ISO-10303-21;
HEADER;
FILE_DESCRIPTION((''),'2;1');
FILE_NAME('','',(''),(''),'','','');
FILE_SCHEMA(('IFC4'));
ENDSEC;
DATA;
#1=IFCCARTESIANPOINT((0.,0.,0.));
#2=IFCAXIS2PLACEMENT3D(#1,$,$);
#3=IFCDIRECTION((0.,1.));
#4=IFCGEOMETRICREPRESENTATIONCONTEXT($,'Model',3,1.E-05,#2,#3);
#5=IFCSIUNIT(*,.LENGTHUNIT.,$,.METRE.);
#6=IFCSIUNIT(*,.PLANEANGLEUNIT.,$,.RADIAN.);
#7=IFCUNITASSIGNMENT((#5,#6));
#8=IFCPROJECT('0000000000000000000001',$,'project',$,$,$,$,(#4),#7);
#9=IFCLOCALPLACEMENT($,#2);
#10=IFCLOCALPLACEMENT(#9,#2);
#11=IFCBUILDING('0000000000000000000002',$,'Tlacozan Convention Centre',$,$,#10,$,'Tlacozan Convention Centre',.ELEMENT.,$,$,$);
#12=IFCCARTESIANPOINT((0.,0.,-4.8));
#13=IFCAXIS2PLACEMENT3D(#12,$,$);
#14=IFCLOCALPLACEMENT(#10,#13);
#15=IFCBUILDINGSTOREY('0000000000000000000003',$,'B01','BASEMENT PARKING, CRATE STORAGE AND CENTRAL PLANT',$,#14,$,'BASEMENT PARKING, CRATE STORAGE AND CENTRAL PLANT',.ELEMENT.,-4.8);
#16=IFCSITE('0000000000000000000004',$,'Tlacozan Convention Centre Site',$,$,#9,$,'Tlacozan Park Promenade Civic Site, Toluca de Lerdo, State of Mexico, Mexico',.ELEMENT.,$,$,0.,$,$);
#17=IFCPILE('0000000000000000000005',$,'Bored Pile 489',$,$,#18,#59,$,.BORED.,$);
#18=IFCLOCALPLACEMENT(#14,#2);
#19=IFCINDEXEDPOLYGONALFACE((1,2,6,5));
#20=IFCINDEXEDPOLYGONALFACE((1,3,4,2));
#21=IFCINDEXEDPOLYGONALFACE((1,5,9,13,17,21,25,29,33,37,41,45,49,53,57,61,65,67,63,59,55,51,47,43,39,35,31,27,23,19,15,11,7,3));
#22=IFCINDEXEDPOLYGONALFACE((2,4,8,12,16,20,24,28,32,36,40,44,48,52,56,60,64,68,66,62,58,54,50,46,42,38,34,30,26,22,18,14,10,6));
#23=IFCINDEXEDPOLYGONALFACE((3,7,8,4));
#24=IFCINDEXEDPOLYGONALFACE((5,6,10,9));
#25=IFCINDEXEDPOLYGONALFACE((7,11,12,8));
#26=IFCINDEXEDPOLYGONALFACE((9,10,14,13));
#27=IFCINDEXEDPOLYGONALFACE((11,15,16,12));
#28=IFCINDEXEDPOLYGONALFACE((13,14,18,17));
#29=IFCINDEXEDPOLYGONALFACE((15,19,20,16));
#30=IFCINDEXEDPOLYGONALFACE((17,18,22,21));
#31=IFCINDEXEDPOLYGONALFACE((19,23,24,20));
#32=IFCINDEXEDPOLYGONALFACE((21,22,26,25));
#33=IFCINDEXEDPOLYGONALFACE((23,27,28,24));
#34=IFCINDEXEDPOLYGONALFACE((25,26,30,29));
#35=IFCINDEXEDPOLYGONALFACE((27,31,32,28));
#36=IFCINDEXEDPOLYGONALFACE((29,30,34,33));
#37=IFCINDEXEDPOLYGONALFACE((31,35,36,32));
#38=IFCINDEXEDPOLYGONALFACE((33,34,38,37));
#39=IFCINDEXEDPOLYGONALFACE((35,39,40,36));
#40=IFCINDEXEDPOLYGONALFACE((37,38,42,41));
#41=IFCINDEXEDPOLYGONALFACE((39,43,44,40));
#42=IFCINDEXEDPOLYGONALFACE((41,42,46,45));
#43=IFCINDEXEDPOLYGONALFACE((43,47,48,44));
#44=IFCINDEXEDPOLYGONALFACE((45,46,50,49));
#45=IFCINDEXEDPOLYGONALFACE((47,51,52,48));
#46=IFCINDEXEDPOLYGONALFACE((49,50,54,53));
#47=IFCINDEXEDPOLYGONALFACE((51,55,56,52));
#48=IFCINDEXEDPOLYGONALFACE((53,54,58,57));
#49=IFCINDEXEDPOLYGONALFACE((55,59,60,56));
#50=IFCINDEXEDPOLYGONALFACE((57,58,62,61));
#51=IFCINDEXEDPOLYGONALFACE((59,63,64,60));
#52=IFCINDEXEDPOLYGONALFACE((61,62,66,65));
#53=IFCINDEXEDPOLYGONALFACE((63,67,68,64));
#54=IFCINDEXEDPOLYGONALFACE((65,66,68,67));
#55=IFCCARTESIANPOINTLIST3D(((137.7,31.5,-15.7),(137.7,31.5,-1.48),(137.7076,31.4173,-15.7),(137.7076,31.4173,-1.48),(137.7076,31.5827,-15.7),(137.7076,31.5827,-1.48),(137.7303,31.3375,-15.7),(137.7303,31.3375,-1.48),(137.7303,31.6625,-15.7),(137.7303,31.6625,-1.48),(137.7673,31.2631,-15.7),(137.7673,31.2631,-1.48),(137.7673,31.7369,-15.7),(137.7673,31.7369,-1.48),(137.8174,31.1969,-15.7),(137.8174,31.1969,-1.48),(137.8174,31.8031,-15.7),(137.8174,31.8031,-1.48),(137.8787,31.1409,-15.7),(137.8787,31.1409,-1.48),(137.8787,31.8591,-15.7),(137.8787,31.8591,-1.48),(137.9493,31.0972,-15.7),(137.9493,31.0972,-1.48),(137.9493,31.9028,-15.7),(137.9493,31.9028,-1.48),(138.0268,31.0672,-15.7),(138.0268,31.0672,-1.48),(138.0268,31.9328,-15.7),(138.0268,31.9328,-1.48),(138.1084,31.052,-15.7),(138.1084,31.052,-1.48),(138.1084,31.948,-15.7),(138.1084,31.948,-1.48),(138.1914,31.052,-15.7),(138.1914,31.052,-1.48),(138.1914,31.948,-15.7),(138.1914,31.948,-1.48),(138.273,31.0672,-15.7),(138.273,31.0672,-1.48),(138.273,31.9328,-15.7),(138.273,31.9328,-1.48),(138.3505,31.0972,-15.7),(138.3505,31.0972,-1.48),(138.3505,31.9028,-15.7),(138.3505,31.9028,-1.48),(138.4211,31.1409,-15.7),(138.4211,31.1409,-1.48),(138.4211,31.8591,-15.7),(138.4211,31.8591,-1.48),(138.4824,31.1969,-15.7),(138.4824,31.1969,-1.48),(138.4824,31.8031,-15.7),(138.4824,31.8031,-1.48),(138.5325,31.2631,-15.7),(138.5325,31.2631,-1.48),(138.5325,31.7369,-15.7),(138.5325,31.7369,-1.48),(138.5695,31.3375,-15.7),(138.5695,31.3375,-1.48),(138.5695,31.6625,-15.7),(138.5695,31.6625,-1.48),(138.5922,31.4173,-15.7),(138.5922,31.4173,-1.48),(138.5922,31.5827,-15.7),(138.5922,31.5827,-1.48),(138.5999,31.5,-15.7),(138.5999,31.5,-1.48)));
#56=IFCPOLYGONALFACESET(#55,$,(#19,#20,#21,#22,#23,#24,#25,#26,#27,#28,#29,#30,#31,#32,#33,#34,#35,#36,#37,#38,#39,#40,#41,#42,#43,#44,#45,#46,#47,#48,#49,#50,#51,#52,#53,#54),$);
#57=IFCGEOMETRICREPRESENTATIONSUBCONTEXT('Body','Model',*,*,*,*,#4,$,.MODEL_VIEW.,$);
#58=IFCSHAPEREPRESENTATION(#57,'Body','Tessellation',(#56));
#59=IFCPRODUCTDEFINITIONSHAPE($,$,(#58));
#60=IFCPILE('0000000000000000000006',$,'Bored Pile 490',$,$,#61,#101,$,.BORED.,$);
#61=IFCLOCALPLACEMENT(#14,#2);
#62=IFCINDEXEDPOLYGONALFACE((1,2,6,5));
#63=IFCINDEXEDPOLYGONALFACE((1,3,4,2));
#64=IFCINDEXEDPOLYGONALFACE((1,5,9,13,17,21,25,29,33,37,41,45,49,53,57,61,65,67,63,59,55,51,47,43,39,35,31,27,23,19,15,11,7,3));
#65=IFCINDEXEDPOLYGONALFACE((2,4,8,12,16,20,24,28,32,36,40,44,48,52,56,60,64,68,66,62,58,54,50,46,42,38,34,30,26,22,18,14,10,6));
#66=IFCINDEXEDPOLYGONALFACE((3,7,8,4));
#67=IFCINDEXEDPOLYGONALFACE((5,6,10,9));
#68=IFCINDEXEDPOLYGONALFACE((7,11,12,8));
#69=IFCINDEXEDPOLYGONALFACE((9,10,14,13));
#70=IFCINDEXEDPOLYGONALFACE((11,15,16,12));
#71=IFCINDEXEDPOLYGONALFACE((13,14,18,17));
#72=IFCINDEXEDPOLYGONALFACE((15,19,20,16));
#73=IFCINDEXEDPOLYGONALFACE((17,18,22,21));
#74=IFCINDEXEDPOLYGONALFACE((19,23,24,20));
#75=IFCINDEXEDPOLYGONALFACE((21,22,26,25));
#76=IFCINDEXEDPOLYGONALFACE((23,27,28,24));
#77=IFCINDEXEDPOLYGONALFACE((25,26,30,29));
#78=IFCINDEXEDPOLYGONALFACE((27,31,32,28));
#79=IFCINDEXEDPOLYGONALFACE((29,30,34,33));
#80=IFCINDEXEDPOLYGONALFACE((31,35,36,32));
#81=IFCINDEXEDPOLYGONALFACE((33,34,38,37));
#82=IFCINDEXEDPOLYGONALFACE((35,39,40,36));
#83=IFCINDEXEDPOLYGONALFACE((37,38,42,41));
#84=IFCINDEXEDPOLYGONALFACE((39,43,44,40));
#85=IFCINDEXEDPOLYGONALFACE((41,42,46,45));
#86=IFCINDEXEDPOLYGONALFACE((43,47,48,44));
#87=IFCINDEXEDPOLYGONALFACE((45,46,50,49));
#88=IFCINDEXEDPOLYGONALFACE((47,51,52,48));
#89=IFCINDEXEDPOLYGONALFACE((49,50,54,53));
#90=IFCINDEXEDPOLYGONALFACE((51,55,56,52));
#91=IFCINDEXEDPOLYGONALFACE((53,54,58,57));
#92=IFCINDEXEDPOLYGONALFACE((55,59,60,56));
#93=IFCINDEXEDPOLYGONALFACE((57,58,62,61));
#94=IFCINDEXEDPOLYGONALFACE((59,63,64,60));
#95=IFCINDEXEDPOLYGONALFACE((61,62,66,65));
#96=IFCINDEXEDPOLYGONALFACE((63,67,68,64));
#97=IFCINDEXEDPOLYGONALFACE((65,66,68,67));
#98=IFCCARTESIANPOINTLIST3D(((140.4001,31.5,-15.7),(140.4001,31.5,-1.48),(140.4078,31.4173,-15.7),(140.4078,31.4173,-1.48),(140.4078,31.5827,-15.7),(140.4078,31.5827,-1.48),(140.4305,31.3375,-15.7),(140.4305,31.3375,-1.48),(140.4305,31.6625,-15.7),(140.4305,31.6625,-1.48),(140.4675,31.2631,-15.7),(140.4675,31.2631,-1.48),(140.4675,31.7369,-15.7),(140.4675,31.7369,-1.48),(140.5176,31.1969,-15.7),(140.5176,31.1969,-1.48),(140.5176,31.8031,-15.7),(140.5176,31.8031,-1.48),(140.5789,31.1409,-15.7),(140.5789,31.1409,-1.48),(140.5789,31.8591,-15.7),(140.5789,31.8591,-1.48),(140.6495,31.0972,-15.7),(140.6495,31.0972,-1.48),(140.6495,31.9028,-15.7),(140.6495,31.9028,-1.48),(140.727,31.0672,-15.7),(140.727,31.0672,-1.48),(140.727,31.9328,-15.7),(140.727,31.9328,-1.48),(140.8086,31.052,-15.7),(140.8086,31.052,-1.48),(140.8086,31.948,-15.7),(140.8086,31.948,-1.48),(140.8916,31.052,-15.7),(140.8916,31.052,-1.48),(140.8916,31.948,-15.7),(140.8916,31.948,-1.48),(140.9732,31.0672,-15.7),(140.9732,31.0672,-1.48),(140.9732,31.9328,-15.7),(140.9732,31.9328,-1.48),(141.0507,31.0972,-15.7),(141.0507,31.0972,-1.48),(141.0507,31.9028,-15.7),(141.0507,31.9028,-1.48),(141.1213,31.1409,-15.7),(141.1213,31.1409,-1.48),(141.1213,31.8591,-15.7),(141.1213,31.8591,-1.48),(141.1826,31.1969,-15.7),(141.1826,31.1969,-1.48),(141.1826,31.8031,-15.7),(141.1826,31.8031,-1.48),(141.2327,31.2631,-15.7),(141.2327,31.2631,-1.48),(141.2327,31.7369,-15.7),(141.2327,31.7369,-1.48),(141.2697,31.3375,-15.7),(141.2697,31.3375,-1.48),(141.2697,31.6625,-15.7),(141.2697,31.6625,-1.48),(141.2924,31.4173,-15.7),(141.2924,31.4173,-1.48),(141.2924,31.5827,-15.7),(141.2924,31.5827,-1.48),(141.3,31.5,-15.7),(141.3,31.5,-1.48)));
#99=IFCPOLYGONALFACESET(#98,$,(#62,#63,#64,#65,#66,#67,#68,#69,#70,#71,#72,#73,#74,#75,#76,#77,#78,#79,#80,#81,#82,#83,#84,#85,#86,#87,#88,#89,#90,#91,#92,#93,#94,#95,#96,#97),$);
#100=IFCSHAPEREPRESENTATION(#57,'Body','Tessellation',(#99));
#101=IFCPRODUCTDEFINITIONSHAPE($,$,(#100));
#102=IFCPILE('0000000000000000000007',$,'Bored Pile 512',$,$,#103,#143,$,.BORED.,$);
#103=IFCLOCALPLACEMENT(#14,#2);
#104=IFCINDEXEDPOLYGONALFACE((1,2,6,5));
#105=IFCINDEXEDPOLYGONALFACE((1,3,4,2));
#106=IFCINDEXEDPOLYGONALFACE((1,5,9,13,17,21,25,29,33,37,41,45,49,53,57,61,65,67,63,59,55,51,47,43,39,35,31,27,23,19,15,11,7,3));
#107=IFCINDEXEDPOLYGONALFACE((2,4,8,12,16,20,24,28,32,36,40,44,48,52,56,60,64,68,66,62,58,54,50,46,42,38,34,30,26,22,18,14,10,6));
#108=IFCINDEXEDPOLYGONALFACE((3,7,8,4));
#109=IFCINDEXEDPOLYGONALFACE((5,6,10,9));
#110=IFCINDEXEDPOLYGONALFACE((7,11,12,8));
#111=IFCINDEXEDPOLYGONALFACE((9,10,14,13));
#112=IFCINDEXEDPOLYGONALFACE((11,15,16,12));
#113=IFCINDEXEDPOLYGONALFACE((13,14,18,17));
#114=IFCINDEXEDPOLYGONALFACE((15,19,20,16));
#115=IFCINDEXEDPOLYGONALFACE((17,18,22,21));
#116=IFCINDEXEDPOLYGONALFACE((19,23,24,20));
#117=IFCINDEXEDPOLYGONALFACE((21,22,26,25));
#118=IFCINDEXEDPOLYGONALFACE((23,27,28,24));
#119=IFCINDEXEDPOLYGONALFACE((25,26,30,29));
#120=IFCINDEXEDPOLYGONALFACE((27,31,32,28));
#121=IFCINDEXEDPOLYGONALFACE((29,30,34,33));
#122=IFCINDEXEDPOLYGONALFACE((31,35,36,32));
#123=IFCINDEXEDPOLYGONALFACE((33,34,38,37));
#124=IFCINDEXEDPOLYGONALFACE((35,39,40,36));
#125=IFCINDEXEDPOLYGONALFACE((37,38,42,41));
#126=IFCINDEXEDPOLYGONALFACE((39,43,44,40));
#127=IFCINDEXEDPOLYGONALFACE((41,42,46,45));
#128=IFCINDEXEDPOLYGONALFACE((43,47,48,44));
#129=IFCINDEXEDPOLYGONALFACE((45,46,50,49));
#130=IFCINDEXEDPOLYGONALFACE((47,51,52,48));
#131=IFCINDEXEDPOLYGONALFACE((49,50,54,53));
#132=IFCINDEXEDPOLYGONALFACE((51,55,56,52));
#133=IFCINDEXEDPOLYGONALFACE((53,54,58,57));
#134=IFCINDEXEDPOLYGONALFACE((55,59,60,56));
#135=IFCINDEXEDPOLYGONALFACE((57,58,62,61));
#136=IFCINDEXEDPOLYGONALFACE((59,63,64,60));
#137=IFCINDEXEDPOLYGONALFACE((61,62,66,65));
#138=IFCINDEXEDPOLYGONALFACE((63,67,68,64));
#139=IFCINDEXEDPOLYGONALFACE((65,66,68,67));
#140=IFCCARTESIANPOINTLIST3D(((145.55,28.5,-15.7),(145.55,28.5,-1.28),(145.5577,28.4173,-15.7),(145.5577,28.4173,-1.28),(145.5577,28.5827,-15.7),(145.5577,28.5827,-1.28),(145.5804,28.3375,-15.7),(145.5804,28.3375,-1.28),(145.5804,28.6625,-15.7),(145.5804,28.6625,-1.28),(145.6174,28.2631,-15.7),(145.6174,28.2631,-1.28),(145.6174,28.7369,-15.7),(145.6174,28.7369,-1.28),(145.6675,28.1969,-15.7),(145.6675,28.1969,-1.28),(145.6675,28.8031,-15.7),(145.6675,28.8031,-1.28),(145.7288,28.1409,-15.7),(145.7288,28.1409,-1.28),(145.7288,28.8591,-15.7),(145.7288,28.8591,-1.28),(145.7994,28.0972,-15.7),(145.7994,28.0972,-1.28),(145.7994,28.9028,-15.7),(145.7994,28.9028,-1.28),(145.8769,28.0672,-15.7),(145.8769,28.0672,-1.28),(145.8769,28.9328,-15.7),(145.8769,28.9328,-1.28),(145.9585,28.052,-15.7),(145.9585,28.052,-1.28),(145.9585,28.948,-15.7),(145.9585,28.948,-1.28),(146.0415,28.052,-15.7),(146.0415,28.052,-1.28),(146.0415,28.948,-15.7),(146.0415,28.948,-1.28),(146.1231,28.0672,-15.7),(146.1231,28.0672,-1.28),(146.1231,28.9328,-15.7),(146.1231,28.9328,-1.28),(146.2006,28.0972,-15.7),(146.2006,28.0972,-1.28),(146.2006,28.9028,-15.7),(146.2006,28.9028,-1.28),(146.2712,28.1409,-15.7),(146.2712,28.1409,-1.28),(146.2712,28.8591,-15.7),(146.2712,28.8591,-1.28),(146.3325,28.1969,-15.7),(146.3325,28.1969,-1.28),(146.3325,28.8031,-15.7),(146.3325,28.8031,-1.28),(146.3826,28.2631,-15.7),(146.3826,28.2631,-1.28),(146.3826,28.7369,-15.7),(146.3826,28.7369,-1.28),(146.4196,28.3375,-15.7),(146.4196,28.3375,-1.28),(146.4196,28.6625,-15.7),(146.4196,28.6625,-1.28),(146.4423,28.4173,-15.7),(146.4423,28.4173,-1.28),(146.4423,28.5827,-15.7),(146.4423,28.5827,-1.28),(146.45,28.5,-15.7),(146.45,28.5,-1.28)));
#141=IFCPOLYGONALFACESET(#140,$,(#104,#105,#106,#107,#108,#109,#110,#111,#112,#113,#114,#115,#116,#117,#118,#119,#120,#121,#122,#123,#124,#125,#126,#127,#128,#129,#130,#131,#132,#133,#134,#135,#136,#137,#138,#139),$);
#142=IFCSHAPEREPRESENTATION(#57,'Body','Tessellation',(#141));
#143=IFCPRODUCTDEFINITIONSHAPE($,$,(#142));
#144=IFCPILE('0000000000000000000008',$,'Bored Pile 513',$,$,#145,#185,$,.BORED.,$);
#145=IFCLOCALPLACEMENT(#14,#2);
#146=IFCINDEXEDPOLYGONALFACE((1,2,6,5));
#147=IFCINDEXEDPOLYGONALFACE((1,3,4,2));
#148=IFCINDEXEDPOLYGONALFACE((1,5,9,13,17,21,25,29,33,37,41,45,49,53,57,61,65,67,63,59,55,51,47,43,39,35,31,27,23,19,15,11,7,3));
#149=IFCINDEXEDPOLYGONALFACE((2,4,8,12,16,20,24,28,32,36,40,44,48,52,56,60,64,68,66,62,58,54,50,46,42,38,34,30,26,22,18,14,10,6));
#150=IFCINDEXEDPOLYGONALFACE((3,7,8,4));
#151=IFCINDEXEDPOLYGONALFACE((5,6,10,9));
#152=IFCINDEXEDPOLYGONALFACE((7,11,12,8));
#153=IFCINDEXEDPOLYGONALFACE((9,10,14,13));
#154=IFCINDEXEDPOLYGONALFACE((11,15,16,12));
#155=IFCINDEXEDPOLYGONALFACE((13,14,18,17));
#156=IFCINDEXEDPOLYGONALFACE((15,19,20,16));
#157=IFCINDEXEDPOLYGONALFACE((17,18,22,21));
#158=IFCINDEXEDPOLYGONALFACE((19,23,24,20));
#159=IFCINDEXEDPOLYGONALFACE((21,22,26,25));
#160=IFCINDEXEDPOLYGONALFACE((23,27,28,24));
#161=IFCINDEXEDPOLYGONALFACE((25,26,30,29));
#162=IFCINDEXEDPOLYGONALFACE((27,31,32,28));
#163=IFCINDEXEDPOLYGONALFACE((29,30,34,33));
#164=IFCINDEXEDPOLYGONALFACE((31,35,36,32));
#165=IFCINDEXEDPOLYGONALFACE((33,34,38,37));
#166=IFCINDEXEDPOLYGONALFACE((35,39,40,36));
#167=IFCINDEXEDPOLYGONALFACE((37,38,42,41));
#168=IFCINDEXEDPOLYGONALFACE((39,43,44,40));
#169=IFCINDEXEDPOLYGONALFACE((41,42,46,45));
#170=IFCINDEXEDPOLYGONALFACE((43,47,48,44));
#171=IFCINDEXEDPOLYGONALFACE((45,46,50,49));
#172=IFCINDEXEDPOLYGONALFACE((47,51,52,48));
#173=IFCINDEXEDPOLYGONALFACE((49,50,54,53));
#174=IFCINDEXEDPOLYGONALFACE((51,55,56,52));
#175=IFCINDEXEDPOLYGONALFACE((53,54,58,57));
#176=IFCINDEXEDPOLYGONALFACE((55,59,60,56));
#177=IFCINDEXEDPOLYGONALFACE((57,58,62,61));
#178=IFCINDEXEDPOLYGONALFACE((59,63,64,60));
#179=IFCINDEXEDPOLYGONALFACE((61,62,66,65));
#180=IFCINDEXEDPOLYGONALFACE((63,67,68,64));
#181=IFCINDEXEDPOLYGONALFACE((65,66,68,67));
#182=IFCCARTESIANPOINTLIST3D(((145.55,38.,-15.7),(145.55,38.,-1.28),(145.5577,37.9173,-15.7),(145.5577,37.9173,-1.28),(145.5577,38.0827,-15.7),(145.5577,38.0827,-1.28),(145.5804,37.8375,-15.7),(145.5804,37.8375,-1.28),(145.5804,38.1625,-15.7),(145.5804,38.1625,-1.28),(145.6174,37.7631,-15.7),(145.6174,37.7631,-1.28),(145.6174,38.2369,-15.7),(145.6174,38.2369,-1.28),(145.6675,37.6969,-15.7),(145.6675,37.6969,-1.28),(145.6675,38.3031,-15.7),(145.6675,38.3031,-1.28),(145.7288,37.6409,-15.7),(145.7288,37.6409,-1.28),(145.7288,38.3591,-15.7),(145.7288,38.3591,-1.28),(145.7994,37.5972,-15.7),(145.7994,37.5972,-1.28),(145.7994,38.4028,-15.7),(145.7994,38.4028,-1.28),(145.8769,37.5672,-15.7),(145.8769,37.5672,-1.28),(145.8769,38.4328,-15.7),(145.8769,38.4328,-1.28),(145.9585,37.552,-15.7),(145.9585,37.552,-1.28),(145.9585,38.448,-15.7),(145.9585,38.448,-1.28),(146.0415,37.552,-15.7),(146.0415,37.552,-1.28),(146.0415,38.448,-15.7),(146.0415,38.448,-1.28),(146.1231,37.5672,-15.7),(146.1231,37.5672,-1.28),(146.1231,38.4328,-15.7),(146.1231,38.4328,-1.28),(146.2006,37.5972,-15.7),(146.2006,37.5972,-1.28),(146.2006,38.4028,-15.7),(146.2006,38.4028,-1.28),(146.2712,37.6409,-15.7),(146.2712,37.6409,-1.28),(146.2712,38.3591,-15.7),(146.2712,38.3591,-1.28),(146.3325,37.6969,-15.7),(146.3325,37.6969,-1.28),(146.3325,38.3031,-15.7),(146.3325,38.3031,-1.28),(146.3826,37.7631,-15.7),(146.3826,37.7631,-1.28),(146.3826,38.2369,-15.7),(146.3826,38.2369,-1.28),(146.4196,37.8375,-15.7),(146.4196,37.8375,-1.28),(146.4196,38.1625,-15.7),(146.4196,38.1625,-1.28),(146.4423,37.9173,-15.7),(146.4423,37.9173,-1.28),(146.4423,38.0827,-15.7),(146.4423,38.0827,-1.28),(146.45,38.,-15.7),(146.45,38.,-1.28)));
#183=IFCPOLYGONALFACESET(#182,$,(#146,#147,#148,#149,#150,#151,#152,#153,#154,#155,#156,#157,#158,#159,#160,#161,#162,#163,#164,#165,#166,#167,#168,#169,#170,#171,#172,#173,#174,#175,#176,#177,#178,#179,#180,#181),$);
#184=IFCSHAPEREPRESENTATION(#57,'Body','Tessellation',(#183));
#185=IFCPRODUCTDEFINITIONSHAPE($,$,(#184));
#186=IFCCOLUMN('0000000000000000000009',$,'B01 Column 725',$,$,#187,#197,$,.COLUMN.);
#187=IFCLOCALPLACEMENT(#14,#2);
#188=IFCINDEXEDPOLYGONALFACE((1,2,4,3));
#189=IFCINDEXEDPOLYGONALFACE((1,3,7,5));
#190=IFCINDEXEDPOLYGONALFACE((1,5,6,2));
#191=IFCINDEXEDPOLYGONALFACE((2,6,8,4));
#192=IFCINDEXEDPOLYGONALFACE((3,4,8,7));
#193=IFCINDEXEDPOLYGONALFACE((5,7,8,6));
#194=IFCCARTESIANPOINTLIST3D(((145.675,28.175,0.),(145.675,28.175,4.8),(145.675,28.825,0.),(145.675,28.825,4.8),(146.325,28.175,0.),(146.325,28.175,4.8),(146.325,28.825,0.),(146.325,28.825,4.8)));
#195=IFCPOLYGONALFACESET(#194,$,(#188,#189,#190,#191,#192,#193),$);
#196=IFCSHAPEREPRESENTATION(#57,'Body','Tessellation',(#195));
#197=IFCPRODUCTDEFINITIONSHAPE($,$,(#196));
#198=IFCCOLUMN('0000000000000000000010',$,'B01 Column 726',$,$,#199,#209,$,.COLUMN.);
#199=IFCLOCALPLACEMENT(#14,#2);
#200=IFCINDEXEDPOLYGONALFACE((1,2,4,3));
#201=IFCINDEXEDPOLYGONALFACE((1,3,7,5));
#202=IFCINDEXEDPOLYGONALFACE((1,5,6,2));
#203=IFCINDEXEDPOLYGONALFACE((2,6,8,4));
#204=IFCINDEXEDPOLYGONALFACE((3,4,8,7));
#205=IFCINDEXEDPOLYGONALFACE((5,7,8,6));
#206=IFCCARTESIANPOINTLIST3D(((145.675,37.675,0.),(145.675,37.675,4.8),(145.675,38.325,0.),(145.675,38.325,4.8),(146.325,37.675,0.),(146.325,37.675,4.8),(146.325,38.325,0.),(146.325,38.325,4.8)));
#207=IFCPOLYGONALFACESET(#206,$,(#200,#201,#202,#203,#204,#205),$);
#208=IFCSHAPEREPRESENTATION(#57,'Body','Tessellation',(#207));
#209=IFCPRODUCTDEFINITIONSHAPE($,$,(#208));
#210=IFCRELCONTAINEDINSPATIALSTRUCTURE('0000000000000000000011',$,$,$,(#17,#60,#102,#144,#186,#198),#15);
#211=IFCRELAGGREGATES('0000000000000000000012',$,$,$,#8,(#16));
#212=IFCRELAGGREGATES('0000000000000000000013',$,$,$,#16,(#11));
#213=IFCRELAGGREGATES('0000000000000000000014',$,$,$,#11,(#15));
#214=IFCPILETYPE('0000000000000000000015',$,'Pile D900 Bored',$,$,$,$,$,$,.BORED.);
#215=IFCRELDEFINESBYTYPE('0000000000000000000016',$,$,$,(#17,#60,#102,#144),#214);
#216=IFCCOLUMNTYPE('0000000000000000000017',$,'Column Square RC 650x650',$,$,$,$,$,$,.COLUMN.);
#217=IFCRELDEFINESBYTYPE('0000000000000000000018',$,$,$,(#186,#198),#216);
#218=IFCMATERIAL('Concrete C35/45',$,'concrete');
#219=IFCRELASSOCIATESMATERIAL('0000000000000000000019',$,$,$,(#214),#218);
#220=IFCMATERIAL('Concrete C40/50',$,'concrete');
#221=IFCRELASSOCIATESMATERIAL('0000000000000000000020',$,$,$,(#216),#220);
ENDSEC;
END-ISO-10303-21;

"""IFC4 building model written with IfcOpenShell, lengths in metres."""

from ifc_helpers import new_model, si_unit, direction, frame, origin, origin_2d, place, context, subcontext, project, spatial, rectangle, circle, extrude, material, material_profile, profile_set, type_object, element, save


model = new_model("IFC4")

# Units and contexts
model_context = context("Model", 3, precision=1e-05, world=origin(), true_north=direction((0.0, 1.0)))
body_context = subcontext(model_context, "Body", "Model", "MODEL_VIEW")
ifc_project = project(units=[si_unit("LENGTHUNIT", "METRE"), si_unit("PLANEANGLEUNIT", "RADIAN")], contexts=[model_context])

# Site, building, storey
site_placement = place(None, origin())
site = spatial("IfcSite", under=ifc_project, at=site_placement, Name="Tlacozan Convention Centre Site", LongName="Tlacozan Park Promenade Civic Site, Toluca de Lerdo, State of Mexico, Mexico", CompositionType="ELEMENT", RefElevation=0.0)
building_placement = place(site_placement, origin())
building = spatial("IfcBuilding", under=site, at=building_placement, Name="Tlacozan Convention Centre", LongName="Tlacozan Convention Centre", CompositionType="ELEMENT")
storey_placement = place(building_placement, frame((0.0, 0.0, -4.8)))
storey = spatial("IfcBuildingStorey", under=building, at=storey_placement, Name="B01", Description="BASEMENT PARKING, CRATE STORAGE AND CENTRAL PLANT", LongName="BASEMENT PARKING, CRATE STORAGE AND CENTRAL PLANT", CompositionType="ELEMENT", Elevation=-4.8)

# Shared definitions
ifc_material_1 = material(Name="Concrete C35/45", Category="concrete")

# Piles
ifc_material_profile_1 = material_profile(ifc_material_1, circle(Radius=0.45, at=origin_2d()), Name="PILE D900")
ifc_profile_set_1 = profile_set([ifc_material_profile_1], Name="Concrete C35/45")
pile_type_1 = type_object("IfcPileType", Name="Pile D900 Bored", PredefinedType="BORED", material=ifc_profile_set_1)
for number, where, z_axis, x_axis, name in (
    (1, (138.1499, 31.5, -1.48), (0.0, 0.0, -1.0), (1.0, 0.0, 0.0), "Bored Pile 489"),
    (2, (140.8501, 31.5, -1.48), (0.0, 0.0, -1.0), (1.0, 0.0, 0.0), "Bored Pile 490"),
):
    element("IfcPile", number, at=place(storey_placement, frame(where, z_axis=z_axis, x_axis=x_axis)), inside=storey, type_object=pile_type_1, Name=name, PredefinedType="BORED", context=body_context, shape_type="SweptSolid", body=[
        extrude(circle(Radius=0.45, at=origin_2d()), origin(), (0.0, 0.0, 1.0), 14.22),
    ])
for number, where, z_axis, x_axis, name in (
    (3, (146.0, 28.5, -1.28), (0.0, 0.0, -1.0), (1.0, 0.0, 0.0), "Bored Pile 512"),
    (4, (146.0, 38.0, -1.28), (0.0, 0.0, -1.0), (1.0, 0.0, 0.0), "Bored Pile 513"),
):
    element("IfcPile", number, at=place(storey_placement, frame(where, z_axis=z_axis, x_axis=x_axis)), inside=storey, type_object=pile_type_1, Name=name, PredefinedType="BORED", context=body_context, shape_type="SweptSolid", body=[
        extrude(circle(Radius=0.45, at=origin_2d()), origin(), (0.0, 0.0, 1.0), 14.4199),
    ])

# Columns
ifc_material_2 = material(Name="Concrete C40/50", Category="concrete")
ifc_material_profile_2 = material_profile(ifc_material_2, rectangle(XDim=0.6499, YDim=0.6499, at=origin_2d()), Name="RC 650x650")
ifc_profile_set_2 = profile_set([ifc_material_profile_2], Name="Concrete C40/50")
column_type_1 = type_object("IfcColumnType", Name="Column Square RC 650x650", PredefinedType="COLUMN", material=ifc_profile_set_2)
for number, where, z_axis, x_axis, name in (
    (5, (146.0, 28.5, 0.0), (0.0, 0.0, 1.0), (1.0, 0.0, 0.0), "B01 Column 725"),
    (6, (146.0, 38.0, 0.0), (0.0, 0.0, 1.0), (1.0, 0.0, 0.0), "B01 Column 726"),
):
    element("IfcColumn", number, at=place(storey_placement, frame(where, z_axis=z_axis, x_axis=x_axis)), inside=storey, type_object=column_type_1, Name=name, PredefinedType="COLUMN", context=body_context, shape_type="SweptSolid", body=[
        extrude(rectangle(XDim=0.6499, YDim=0.6499, at=origin_2d()), origin(), (0.0, 0.0, 1.0), 4.8),
    ])

save(model, "model.ifc")
